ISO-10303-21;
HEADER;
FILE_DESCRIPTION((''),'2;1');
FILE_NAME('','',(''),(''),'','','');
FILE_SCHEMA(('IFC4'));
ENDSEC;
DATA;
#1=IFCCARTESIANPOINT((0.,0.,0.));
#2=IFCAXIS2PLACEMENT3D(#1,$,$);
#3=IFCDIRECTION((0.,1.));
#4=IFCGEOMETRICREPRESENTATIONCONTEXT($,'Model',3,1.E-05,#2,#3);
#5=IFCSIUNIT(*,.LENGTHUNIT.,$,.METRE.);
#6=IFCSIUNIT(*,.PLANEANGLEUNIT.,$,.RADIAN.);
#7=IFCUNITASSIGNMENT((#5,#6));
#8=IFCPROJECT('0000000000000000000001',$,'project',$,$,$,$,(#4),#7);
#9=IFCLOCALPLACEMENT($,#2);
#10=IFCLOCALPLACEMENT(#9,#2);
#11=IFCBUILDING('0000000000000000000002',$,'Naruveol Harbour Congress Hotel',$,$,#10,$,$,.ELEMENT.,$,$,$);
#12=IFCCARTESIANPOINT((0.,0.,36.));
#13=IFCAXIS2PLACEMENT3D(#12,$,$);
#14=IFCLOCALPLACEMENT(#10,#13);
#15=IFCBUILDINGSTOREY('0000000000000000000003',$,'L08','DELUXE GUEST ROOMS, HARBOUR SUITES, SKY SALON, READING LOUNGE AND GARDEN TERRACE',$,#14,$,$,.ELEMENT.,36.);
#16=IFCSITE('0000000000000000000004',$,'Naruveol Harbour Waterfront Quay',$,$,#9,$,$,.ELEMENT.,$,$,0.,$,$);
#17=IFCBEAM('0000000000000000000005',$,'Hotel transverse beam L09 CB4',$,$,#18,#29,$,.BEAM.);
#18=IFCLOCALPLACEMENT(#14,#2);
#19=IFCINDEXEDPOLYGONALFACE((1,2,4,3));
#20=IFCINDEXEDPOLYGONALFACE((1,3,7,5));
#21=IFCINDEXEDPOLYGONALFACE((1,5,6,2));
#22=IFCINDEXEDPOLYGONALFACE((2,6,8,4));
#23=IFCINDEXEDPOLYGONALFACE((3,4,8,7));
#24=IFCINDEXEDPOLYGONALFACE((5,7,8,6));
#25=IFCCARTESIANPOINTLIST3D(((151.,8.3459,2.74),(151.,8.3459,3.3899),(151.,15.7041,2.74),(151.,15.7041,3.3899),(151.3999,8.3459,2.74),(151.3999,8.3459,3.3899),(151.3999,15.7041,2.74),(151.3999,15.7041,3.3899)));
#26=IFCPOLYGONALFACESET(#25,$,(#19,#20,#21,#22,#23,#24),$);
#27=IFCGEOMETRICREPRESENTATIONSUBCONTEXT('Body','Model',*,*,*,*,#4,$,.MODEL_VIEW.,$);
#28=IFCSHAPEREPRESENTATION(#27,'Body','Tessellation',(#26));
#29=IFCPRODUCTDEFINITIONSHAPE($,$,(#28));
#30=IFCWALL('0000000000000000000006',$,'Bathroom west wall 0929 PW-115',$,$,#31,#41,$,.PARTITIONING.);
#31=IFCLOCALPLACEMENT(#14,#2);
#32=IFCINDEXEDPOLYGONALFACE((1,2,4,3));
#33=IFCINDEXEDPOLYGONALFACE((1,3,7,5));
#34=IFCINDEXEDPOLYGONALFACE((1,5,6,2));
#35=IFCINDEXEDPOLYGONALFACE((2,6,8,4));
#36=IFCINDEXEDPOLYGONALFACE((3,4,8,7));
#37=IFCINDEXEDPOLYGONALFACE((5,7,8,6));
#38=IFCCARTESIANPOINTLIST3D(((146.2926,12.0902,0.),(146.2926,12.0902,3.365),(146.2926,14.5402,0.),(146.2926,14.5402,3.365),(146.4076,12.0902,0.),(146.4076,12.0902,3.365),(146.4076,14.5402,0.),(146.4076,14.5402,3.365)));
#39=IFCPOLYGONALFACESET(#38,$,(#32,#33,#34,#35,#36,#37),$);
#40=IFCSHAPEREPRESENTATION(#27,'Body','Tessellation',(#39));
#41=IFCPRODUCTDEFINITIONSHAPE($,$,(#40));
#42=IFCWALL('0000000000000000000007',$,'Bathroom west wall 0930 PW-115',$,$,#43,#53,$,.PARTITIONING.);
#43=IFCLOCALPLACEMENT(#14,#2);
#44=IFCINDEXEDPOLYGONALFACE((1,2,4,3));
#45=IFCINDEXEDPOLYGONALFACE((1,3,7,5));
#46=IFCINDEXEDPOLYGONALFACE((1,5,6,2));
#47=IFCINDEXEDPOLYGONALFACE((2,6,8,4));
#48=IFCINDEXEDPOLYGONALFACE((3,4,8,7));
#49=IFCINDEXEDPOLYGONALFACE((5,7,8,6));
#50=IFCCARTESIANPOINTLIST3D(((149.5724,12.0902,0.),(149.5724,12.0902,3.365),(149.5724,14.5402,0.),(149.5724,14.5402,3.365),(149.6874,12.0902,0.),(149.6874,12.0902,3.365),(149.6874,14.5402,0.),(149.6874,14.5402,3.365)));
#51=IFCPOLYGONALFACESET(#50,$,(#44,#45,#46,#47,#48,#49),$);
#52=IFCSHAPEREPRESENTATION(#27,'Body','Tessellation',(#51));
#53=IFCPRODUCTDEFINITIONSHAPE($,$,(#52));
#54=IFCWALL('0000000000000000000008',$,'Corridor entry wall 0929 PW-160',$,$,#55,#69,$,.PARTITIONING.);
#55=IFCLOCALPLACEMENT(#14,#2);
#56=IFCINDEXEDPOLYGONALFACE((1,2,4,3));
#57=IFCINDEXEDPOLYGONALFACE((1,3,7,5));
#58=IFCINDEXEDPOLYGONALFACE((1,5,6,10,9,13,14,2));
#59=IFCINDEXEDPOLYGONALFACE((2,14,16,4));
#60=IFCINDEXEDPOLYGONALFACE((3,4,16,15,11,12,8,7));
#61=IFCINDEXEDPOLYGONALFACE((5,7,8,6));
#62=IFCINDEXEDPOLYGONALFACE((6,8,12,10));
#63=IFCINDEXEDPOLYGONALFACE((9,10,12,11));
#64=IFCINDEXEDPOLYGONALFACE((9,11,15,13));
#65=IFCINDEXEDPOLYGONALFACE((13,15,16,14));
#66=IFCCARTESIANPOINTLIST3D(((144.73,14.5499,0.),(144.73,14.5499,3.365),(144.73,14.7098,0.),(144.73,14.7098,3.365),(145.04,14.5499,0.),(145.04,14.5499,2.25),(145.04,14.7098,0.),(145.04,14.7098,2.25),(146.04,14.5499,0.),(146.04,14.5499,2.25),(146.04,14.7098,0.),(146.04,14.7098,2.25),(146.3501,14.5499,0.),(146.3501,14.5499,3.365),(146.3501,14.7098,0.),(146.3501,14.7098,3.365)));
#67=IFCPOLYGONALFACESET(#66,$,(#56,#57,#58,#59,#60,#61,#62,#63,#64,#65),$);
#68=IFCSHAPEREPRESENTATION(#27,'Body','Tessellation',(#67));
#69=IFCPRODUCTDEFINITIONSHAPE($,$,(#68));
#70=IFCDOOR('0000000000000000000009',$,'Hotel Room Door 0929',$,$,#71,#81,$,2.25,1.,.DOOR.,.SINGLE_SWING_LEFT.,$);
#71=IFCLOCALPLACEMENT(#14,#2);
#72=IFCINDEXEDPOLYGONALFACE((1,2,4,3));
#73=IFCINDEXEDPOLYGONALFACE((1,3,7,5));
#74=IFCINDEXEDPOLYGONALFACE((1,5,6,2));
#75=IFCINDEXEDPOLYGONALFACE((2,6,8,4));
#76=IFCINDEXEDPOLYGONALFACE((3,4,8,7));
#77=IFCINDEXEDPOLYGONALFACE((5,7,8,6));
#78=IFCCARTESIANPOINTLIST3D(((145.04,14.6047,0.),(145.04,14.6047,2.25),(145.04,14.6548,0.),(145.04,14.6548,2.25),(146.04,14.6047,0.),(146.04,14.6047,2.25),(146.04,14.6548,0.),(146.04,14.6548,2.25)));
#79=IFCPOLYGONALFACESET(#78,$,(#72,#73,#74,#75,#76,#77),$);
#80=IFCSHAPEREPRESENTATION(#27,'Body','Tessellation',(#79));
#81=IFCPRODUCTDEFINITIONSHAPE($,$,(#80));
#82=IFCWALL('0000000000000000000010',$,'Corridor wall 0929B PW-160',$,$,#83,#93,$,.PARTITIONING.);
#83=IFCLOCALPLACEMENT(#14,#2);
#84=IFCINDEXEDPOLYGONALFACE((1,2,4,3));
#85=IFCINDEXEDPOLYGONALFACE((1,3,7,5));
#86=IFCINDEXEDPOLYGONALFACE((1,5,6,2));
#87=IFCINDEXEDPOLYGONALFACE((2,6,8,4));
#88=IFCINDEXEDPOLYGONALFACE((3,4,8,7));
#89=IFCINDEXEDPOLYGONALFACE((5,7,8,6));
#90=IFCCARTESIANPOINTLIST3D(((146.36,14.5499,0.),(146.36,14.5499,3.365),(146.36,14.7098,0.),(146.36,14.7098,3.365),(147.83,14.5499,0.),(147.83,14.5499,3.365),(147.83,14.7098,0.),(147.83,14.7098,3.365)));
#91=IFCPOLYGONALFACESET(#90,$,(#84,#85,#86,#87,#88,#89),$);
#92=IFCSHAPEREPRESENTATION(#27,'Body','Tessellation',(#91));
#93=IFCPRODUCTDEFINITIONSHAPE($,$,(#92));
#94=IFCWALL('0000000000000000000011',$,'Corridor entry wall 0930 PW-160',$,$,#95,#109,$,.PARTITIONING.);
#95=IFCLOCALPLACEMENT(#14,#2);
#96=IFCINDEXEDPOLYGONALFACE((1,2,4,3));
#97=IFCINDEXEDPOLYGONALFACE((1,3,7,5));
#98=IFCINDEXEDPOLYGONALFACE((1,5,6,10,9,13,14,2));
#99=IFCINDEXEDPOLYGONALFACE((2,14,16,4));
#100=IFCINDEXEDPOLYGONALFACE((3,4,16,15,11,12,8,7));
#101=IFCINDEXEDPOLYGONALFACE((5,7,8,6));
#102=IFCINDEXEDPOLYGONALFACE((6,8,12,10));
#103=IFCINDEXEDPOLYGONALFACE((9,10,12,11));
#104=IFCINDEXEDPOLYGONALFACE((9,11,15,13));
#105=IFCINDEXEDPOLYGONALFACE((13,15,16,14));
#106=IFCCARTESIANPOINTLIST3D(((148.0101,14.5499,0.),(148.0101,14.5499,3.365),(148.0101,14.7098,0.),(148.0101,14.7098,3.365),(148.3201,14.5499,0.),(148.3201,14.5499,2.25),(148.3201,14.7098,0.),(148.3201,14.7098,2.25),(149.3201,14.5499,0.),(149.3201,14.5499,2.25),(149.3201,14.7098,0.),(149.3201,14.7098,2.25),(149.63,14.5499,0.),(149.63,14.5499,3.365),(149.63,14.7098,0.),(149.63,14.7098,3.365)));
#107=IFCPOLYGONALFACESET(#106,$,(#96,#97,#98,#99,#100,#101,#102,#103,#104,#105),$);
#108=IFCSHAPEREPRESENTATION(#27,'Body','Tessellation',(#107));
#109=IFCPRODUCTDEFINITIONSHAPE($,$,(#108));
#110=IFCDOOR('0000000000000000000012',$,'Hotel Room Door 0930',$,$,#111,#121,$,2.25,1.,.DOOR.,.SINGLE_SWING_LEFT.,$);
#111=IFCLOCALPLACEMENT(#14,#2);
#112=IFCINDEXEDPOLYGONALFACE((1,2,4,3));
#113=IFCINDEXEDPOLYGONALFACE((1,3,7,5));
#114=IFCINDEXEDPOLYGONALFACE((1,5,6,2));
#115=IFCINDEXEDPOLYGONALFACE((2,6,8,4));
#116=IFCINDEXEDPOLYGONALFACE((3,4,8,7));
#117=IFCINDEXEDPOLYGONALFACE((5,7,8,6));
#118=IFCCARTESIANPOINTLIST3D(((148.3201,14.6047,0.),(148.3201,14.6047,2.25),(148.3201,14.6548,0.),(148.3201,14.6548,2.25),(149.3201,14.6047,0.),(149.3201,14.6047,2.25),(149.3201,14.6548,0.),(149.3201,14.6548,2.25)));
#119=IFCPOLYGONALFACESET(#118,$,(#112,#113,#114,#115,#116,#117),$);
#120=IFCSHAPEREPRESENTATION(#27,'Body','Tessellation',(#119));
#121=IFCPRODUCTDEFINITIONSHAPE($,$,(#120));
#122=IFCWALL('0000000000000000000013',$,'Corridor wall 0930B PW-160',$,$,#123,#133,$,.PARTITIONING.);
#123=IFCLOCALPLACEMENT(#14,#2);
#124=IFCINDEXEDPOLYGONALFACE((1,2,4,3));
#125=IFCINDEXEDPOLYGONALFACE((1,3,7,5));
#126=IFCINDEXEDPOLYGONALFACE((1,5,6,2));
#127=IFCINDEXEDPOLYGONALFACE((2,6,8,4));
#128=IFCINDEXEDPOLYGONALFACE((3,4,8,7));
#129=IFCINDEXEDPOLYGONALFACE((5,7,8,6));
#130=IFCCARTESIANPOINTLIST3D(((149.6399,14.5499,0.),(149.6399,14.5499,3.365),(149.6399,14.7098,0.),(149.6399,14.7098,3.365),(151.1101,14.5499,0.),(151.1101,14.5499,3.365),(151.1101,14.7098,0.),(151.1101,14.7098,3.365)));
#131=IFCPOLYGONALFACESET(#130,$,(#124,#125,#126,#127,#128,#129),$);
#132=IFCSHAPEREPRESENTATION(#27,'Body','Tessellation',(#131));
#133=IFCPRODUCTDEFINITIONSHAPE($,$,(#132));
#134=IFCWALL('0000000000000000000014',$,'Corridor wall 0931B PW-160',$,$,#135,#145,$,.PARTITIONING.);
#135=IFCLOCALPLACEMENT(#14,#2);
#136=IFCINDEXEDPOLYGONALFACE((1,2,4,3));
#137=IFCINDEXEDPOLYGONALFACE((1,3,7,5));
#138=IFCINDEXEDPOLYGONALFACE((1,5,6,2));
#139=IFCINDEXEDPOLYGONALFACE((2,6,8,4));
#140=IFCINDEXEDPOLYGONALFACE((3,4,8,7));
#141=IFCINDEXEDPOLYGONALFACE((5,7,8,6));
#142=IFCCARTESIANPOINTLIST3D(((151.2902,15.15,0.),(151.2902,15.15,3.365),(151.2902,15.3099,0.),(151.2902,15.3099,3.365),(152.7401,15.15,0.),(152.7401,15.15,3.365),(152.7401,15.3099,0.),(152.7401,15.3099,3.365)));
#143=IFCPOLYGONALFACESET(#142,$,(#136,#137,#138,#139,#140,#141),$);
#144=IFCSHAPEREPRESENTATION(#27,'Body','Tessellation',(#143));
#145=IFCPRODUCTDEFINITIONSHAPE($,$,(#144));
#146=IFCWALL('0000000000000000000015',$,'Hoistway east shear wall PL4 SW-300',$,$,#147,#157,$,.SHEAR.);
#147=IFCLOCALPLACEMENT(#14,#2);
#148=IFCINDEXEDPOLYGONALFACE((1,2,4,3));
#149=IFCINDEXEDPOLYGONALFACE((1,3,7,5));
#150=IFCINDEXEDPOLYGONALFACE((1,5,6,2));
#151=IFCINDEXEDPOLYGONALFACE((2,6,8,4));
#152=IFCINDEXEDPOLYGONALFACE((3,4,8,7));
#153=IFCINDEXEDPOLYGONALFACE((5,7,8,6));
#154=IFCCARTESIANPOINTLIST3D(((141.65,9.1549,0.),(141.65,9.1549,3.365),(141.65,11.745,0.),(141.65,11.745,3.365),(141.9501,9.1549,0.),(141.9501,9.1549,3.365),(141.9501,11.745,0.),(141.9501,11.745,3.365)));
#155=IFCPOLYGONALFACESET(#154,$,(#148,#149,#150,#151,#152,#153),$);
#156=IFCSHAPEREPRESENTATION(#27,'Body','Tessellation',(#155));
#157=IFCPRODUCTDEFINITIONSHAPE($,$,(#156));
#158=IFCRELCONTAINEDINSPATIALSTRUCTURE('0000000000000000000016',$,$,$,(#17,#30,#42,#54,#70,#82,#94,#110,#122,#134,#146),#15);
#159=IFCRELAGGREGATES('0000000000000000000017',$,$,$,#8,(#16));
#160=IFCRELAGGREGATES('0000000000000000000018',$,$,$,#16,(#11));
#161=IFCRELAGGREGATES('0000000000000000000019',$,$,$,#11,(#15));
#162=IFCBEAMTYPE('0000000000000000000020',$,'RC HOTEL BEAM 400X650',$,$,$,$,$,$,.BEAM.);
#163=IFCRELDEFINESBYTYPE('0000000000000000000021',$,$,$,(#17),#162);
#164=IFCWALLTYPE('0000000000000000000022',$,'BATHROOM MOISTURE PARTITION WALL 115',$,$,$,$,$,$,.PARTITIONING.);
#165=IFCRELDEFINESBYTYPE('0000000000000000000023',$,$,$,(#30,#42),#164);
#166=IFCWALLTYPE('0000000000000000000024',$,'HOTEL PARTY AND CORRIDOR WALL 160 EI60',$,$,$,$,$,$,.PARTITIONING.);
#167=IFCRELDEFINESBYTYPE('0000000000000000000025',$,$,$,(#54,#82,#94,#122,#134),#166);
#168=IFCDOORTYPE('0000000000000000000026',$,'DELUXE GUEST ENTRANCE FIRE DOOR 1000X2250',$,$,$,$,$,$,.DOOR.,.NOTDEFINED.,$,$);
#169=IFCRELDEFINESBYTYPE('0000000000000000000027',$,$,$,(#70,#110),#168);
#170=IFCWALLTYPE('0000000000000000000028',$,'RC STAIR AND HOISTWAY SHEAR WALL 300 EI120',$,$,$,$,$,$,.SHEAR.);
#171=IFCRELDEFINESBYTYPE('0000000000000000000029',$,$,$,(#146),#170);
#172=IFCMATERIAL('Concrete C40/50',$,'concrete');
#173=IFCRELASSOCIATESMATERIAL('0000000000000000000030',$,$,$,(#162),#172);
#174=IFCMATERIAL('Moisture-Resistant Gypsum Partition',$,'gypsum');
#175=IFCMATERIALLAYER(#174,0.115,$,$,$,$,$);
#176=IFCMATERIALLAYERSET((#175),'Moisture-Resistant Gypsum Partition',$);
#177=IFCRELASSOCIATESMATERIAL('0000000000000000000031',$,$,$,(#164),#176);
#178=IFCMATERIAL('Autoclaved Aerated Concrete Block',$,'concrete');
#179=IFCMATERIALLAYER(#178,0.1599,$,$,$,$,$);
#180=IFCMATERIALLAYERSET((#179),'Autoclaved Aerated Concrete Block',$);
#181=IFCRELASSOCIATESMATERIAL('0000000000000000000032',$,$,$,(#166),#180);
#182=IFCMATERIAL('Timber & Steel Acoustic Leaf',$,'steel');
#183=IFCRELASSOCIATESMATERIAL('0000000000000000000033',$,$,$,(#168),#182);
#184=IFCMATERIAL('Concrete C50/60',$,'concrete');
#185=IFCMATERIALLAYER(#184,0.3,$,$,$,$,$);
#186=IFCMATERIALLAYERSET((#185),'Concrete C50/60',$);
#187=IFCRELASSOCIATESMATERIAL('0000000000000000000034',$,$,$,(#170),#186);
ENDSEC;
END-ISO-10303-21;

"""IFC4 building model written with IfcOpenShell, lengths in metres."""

from ifc_helpers import new_model, si_unit, direction, frame, frame_2d, origin, origin_2d, place, context, subcontext, project, spatial, rectangle, extrude, material, layer, layer_set, material_profile, profile_set, type_object, element, fill, save


model = new_model("IFC4")

# Units and contexts
model_context = context("Model", 3, precision=1e-05, world=origin(), true_north=direction((0.0, 1.0)))
body_context = subcontext(model_context, "Body", "Model", "MODEL_VIEW")
ifc_project = project(units=[si_unit("LENGTHUNIT", "METRE"), si_unit("PLANEANGLEUNIT", "RADIAN")], contexts=[model_context])

# Site, building, storey
site_placement = place(None, origin())
site = spatial("IfcSite", under=ifc_project, at=site_placement, Name="Naruveol Harbour Waterfront Quay", CompositionType="ELEMENT", RefElevation=0.0)
building_placement = place(site_placement, origin())
building = spatial("IfcBuilding", under=site, at=building_placement, Name="Naruveol Harbour Congress Hotel", CompositionType="ELEMENT")
storey_placement = place(building_placement, frame((0.0, 0.0, 36.0)))
storey = spatial("IfcBuildingStorey", under=building, at=storey_placement, Name="L08", Description="DELUXE GUEST ROOMS, HARBOUR SUITES, SKY SALON, READING LOUNGE AND GARDEN TERRACE", CompositionType="ELEMENT", Elevation=36.0)

# Beam
ifc_material_1 = material(Name="Concrete C40/50", Category="concrete")
ifc_material_profile = material_profile(ifc_material_1, rectangle(XDim=0.3999, YDim=0.6499, at=origin_2d()), Name="RCB-400x650")
ifc_profile_set = profile_set([ifc_material_profile], Name="Concrete C40/50")
beam_type = type_object("IfcBeamType", Name="RC HOTEL BEAM 400X650", PredefinedType="BEAM", material=ifc_profile_set)
beam_placement = place(storey_placement, frame((151.2, 8.3459, 3.0649), z_axis=(0.0, 1.0, 0.0), x_axis=(-1.0, 0.0, 0.0)))
element("IfcBeam", 1, at=beam_placement, inside=storey, type_object=beam_type, Name="Hotel transverse beam L09 CB4", PredefinedType="BEAM", context=body_context, shape_type="SweptSolid", body=[
    extrude(rectangle(XDim=0.3999, YDim=0.6499, at=origin_2d()), origin(), (0.0, 0.0, 1.0), 7.3582),
])

# Wall
ifc_material_2 = material(Name="Moisture-Resistant Gypsum Partition", Category="gypsum")
ifc_layer_1 = layer(ifc_material_2, 0.115)
ifc_layer_set_1 = layer_set([ifc_layer_1], Name="Moisture-Resistant Gypsum Partition")
wall_type_1 = type_object("IfcWallType", Name="BATHROOM MOISTURE PARTITION WALL 115", PredefinedType="PARTITIONING", material=ifc_layer_set_1)
wall_1_placement = place(storey_placement, frame((146.3501, 12.0901, 0.0), z_axis=(0.0, 0.0, 1.0), x_axis=(0.0, 1.0, 0.0)))
element("IfcWall", 2, at=wall_1_placement, inside=storey, type_object=wall_type_1, Name="Bathroom west wall 0929 PW-115", PredefinedType="PARTITIONING", context=body_context, shape_type="SweptSolid", body=[
    extrude(rectangle(XDim=2.45, YDim=0.115, at=frame_2d((1.2251, 0.0))), origin(), (0.0, 0.0, 1.0), 3.365),
])

# Wall
wall_2_placement = place(storey_placement, frame((149.6299, 12.0901, 0.0), z_axis=(0.0, 0.0, 1.0), x_axis=(0.0, 1.0, 0.0)))
element("IfcWall", 3, at=wall_2_placement, inside=storey, type_object=wall_type_1, Name="Bathroom west wall 0930 PW-115", PredefinedType="PARTITIONING", context=body_context, shape_type="SweptSolid", body=[
    extrude(rectangle(XDim=2.45, YDim=0.115, at=frame_2d((1.2251, 0.0))), origin(), (0.0, 0.0, 1.0), 3.365),
])

# Wall, opening, door
ifc_material_3 = material(Name="Autoclaved Aerated Concrete Block", Category="concrete")
ifc_layer_2 = layer(ifc_material_3, 0.1599)
ifc_layer_set_2 = layer_set([ifc_layer_2], Name="Autoclaved Aerated Concrete Block")
wall_type_2 = type_object("IfcWallType", Name="HOTEL PARTY AND CORRIDOR WALL 160 EI60", PredefinedType="PARTITIONING", material=ifc_layer_set_2)
wall_3_placement = place(storey_placement, frame((144.73, 14.6299, 0.0), z_axis=(0.0, 0.0, 1.0), x_axis=(1.0, 0.0, 0.0)))
wall_3 = element("IfcWall", 4, at=wall_3_placement, inside=storey, type_object=wall_type_2, Name="Corridor entry wall 0929 PW-160", PredefinedType="PARTITIONING", context=body_context, shape_type="SweptSolid", body=[
    extrude(rectangle(XDim=1.6201, YDim=0.1599, at=frame_2d((0.8101, 0.0))), origin(), (0.0, 0.0, 1.0), 3.365),
])
opening_1_placement = place(wall_3_placement, frame((0.3101, 0.0, 0.0)))
opening_1 = element("IfcOpeningElement", 5, at=opening_1_placement, cuts=wall_3, PredefinedType="OPENING", context=body_context, shape_type="SweptSolid", body=[
    extrude(rectangle(XDim=1.0, YDim=2.25, at=frame_2d((0.5, 1.125))), frame((0.0, 0.0898, 0.0), z_axis=(0.0, -1.0, 0.0), x_axis=(1.0, 0.0, 0.0)), (0.0, 0.0, 1.0), 0.1799),
])
ifc_material_4 = material(Name="Timber & Steel Acoustic Leaf", Category="steel")
door_type_1 = type_object("IfcDoorType", Name="DELUXE GUEST ENTRANCE FIRE DOOR 1000X2250", OperationType="NOTDEFINED", PredefinedType="DOOR", material=ifc_material_4)
door_1_placement = place(opening_1_placement, origin())
door_1 = element("IfcDoor", 6, at=door_1_placement, inside=storey, type_object=door_type_1, Name="Hotel Room Door 0929", OperationType="SINGLE_SWING_LEFT", OverallHeight=2.25, OverallWidth=1.0, PredefinedType="DOOR", context=body_context, shape_type="SweptSolid", body=[
    extrude(rectangle(XDim=1.0, YDim=2.25, at=frame_2d((0.5, 1.125))), frame((0.0, 0.0249, 0.0), z_axis=(0.0, -1.0, 0.0), x_axis=(1.0, 0.0, 0.0)), (0.0, 0.0, 1.0), 0.05),
])
fill(opening_1, door_1)

# Wall
wall_4_placement = place(storey_placement, frame((146.3601, 14.6299, 0.0), z_axis=(0.0, 0.0, 1.0), x_axis=(1.0, 0.0, 0.0)))
element("IfcWall", 7, at=wall_4_placement, inside=storey, type_object=wall_type_2, Name="Corridor wall 0929B PW-160", PredefinedType="PARTITIONING", context=body_context, shape_type="SweptSolid", body=[
    extrude(rectangle(XDim=1.47, YDim=0.1599, at=frame_2d((0.7349, 0.0))), origin(), (0.0, 0.0, 1.0), 3.365),
])

# Wall, opening, door
wall_5_placement = place(storey_placement, frame((148.01, 14.6299, 0.0), z_axis=(0.0, 0.0, 1.0), x_axis=(1.0, 0.0, 0.0)))
wall_5 = element("IfcWall", 8, at=wall_5_placement, inside=storey, type_object=wall_type_2, Name="Corridor entry wall 0930 PW-160", PredefinedType="PARTITIONING", context=body_context, shape_type="SweptSolid", body=[
    extrude(rectangle(XDim=1.6199, YDim=0.1599, at=frame_2d((0.8101, 0.0))), origin(), (0.0, 0.0, 1.0), 3.365),
])
opening_2_placement = place(wall_5_placement, frame((0.3101, 0.0, 0.0)))
opening_2 = element("IfcOpeningElement", 9, at=opening_2_placement, cuts=wall_5, PredefinedType="OPENING", context=body_context, shape_type="SweptSolid", body=[
    extrude(rectangle(XDim=1.0, YDim=2.25, at=frame_2d((0.5, 1.125))), frame((0.0, 0.0898, 0.0), z_axis=(0.0, -1.0, 0.0), x_axis=(1.0, 0.0, 0.0)), (0.0, 0.0, 1.0), 0.1799),
])
door_2_placement = place(opening_2_placement, origin())
door_2 = element("IfcDoor", 10, at=door_2_placement, inside=storey, type_object=door_type_1, Name="Hotel Room Door 0930", OperationType="SINGLE_SWING_LEFT", OverallHeight=2.25, OverallWidth=1.0, PredefinedType="DOOR", context=body_context, shape_type="SweptSolid", body=[
    extrude(rectangle(XDim=1.0, YDim=2.25, at=frame_2d((0.5, 1.125))), frame((0.0, 0.0249, 0.0), z_axis=(0.0, -1.0, 0.0), x_axis=(1.0, 0.0, 0.0)), (0.0, 0.0, 1.0), 0.05),
])
fill(opening_2, door_2)

# Walls
wall_6_placement = place(storey_placement, frame((149.6399, 14.6299, 0.0), z_axis=(0.0, 0.0, 1.0), x_axis=(1.0, 0.0, 0.0)))
element("IfcWall", 11, at=wall_6_placement, inside=storey, type_object=wall_type_2, Name="Corridor wall 0930B PW-160", PredefinedType="PARTITIONING", context=body_context, shape_type="SweptSolid", body=[
    extrude(rectangle(XDim=1.4702, YDim=0.1599, at=frame_2d((0.7351, 0.0))), origin(), (0.0, 0.0, 1.0), 3.365),
])
wall_7_placement = place(storey_placement, frame((151.29, 15.23, 0.0), z_axis=(0.0, 0.0, 1.0), x_axis=(1.0, 0.0, 0.0)))
element("IfcWall", 12, at=wall_7_placement, inside=storey, type_object=wall_type_2, Name="Corridor wall 0931B PW-160", PredefinedType="PARTITIONING", context=body_context, shape_type="SweptSolid", body=[
    extrude(rectangle(XDim=1.45, YDim=0.1599, at=frame_2d((0.7251, 0.0))), origin(), (0.0, 0.0, 1.0), 3.365),
])
ifc_material_5 = material(Name="Concrete C50/60", Category="concrete")
ifc_layer_3 = layer(ifc_material_5, 0.3)
ifc_layer_set_3 = layer_set([ifc_layer_3], Name="Concrete C50/60")
wall_type_3 = type_object("IfcWallType", Name="RC STAIR AND HOISTWAY SHEAR WALL 300 EI120", PredefinedType="SHEAR", material=ifc_layer_set_3)
wall_8_placement = place(storey_placement, frame((141.8, 9.155, 0.0), z_axis=(0.0, 0.0, 1.0), x_axis=(0.0, 1.0, 0.0)))
element("IfcWall", 13, at=wall_8_placement, inside=storey, type_object=wall_type_3, Name="Hoistway east shear wall PL4 SW-300", PredefinedType="SHEAR", context=body_context, shape_type="SweptSolid", body=[
    extrude(rectangle(XDim=2.5901, YDim=0.3, at=frame_2d((1.2949, 0.0))), origin(), (0.0, 0.0, 1.0), 3.365),
])

save(model, "model.ifc")
